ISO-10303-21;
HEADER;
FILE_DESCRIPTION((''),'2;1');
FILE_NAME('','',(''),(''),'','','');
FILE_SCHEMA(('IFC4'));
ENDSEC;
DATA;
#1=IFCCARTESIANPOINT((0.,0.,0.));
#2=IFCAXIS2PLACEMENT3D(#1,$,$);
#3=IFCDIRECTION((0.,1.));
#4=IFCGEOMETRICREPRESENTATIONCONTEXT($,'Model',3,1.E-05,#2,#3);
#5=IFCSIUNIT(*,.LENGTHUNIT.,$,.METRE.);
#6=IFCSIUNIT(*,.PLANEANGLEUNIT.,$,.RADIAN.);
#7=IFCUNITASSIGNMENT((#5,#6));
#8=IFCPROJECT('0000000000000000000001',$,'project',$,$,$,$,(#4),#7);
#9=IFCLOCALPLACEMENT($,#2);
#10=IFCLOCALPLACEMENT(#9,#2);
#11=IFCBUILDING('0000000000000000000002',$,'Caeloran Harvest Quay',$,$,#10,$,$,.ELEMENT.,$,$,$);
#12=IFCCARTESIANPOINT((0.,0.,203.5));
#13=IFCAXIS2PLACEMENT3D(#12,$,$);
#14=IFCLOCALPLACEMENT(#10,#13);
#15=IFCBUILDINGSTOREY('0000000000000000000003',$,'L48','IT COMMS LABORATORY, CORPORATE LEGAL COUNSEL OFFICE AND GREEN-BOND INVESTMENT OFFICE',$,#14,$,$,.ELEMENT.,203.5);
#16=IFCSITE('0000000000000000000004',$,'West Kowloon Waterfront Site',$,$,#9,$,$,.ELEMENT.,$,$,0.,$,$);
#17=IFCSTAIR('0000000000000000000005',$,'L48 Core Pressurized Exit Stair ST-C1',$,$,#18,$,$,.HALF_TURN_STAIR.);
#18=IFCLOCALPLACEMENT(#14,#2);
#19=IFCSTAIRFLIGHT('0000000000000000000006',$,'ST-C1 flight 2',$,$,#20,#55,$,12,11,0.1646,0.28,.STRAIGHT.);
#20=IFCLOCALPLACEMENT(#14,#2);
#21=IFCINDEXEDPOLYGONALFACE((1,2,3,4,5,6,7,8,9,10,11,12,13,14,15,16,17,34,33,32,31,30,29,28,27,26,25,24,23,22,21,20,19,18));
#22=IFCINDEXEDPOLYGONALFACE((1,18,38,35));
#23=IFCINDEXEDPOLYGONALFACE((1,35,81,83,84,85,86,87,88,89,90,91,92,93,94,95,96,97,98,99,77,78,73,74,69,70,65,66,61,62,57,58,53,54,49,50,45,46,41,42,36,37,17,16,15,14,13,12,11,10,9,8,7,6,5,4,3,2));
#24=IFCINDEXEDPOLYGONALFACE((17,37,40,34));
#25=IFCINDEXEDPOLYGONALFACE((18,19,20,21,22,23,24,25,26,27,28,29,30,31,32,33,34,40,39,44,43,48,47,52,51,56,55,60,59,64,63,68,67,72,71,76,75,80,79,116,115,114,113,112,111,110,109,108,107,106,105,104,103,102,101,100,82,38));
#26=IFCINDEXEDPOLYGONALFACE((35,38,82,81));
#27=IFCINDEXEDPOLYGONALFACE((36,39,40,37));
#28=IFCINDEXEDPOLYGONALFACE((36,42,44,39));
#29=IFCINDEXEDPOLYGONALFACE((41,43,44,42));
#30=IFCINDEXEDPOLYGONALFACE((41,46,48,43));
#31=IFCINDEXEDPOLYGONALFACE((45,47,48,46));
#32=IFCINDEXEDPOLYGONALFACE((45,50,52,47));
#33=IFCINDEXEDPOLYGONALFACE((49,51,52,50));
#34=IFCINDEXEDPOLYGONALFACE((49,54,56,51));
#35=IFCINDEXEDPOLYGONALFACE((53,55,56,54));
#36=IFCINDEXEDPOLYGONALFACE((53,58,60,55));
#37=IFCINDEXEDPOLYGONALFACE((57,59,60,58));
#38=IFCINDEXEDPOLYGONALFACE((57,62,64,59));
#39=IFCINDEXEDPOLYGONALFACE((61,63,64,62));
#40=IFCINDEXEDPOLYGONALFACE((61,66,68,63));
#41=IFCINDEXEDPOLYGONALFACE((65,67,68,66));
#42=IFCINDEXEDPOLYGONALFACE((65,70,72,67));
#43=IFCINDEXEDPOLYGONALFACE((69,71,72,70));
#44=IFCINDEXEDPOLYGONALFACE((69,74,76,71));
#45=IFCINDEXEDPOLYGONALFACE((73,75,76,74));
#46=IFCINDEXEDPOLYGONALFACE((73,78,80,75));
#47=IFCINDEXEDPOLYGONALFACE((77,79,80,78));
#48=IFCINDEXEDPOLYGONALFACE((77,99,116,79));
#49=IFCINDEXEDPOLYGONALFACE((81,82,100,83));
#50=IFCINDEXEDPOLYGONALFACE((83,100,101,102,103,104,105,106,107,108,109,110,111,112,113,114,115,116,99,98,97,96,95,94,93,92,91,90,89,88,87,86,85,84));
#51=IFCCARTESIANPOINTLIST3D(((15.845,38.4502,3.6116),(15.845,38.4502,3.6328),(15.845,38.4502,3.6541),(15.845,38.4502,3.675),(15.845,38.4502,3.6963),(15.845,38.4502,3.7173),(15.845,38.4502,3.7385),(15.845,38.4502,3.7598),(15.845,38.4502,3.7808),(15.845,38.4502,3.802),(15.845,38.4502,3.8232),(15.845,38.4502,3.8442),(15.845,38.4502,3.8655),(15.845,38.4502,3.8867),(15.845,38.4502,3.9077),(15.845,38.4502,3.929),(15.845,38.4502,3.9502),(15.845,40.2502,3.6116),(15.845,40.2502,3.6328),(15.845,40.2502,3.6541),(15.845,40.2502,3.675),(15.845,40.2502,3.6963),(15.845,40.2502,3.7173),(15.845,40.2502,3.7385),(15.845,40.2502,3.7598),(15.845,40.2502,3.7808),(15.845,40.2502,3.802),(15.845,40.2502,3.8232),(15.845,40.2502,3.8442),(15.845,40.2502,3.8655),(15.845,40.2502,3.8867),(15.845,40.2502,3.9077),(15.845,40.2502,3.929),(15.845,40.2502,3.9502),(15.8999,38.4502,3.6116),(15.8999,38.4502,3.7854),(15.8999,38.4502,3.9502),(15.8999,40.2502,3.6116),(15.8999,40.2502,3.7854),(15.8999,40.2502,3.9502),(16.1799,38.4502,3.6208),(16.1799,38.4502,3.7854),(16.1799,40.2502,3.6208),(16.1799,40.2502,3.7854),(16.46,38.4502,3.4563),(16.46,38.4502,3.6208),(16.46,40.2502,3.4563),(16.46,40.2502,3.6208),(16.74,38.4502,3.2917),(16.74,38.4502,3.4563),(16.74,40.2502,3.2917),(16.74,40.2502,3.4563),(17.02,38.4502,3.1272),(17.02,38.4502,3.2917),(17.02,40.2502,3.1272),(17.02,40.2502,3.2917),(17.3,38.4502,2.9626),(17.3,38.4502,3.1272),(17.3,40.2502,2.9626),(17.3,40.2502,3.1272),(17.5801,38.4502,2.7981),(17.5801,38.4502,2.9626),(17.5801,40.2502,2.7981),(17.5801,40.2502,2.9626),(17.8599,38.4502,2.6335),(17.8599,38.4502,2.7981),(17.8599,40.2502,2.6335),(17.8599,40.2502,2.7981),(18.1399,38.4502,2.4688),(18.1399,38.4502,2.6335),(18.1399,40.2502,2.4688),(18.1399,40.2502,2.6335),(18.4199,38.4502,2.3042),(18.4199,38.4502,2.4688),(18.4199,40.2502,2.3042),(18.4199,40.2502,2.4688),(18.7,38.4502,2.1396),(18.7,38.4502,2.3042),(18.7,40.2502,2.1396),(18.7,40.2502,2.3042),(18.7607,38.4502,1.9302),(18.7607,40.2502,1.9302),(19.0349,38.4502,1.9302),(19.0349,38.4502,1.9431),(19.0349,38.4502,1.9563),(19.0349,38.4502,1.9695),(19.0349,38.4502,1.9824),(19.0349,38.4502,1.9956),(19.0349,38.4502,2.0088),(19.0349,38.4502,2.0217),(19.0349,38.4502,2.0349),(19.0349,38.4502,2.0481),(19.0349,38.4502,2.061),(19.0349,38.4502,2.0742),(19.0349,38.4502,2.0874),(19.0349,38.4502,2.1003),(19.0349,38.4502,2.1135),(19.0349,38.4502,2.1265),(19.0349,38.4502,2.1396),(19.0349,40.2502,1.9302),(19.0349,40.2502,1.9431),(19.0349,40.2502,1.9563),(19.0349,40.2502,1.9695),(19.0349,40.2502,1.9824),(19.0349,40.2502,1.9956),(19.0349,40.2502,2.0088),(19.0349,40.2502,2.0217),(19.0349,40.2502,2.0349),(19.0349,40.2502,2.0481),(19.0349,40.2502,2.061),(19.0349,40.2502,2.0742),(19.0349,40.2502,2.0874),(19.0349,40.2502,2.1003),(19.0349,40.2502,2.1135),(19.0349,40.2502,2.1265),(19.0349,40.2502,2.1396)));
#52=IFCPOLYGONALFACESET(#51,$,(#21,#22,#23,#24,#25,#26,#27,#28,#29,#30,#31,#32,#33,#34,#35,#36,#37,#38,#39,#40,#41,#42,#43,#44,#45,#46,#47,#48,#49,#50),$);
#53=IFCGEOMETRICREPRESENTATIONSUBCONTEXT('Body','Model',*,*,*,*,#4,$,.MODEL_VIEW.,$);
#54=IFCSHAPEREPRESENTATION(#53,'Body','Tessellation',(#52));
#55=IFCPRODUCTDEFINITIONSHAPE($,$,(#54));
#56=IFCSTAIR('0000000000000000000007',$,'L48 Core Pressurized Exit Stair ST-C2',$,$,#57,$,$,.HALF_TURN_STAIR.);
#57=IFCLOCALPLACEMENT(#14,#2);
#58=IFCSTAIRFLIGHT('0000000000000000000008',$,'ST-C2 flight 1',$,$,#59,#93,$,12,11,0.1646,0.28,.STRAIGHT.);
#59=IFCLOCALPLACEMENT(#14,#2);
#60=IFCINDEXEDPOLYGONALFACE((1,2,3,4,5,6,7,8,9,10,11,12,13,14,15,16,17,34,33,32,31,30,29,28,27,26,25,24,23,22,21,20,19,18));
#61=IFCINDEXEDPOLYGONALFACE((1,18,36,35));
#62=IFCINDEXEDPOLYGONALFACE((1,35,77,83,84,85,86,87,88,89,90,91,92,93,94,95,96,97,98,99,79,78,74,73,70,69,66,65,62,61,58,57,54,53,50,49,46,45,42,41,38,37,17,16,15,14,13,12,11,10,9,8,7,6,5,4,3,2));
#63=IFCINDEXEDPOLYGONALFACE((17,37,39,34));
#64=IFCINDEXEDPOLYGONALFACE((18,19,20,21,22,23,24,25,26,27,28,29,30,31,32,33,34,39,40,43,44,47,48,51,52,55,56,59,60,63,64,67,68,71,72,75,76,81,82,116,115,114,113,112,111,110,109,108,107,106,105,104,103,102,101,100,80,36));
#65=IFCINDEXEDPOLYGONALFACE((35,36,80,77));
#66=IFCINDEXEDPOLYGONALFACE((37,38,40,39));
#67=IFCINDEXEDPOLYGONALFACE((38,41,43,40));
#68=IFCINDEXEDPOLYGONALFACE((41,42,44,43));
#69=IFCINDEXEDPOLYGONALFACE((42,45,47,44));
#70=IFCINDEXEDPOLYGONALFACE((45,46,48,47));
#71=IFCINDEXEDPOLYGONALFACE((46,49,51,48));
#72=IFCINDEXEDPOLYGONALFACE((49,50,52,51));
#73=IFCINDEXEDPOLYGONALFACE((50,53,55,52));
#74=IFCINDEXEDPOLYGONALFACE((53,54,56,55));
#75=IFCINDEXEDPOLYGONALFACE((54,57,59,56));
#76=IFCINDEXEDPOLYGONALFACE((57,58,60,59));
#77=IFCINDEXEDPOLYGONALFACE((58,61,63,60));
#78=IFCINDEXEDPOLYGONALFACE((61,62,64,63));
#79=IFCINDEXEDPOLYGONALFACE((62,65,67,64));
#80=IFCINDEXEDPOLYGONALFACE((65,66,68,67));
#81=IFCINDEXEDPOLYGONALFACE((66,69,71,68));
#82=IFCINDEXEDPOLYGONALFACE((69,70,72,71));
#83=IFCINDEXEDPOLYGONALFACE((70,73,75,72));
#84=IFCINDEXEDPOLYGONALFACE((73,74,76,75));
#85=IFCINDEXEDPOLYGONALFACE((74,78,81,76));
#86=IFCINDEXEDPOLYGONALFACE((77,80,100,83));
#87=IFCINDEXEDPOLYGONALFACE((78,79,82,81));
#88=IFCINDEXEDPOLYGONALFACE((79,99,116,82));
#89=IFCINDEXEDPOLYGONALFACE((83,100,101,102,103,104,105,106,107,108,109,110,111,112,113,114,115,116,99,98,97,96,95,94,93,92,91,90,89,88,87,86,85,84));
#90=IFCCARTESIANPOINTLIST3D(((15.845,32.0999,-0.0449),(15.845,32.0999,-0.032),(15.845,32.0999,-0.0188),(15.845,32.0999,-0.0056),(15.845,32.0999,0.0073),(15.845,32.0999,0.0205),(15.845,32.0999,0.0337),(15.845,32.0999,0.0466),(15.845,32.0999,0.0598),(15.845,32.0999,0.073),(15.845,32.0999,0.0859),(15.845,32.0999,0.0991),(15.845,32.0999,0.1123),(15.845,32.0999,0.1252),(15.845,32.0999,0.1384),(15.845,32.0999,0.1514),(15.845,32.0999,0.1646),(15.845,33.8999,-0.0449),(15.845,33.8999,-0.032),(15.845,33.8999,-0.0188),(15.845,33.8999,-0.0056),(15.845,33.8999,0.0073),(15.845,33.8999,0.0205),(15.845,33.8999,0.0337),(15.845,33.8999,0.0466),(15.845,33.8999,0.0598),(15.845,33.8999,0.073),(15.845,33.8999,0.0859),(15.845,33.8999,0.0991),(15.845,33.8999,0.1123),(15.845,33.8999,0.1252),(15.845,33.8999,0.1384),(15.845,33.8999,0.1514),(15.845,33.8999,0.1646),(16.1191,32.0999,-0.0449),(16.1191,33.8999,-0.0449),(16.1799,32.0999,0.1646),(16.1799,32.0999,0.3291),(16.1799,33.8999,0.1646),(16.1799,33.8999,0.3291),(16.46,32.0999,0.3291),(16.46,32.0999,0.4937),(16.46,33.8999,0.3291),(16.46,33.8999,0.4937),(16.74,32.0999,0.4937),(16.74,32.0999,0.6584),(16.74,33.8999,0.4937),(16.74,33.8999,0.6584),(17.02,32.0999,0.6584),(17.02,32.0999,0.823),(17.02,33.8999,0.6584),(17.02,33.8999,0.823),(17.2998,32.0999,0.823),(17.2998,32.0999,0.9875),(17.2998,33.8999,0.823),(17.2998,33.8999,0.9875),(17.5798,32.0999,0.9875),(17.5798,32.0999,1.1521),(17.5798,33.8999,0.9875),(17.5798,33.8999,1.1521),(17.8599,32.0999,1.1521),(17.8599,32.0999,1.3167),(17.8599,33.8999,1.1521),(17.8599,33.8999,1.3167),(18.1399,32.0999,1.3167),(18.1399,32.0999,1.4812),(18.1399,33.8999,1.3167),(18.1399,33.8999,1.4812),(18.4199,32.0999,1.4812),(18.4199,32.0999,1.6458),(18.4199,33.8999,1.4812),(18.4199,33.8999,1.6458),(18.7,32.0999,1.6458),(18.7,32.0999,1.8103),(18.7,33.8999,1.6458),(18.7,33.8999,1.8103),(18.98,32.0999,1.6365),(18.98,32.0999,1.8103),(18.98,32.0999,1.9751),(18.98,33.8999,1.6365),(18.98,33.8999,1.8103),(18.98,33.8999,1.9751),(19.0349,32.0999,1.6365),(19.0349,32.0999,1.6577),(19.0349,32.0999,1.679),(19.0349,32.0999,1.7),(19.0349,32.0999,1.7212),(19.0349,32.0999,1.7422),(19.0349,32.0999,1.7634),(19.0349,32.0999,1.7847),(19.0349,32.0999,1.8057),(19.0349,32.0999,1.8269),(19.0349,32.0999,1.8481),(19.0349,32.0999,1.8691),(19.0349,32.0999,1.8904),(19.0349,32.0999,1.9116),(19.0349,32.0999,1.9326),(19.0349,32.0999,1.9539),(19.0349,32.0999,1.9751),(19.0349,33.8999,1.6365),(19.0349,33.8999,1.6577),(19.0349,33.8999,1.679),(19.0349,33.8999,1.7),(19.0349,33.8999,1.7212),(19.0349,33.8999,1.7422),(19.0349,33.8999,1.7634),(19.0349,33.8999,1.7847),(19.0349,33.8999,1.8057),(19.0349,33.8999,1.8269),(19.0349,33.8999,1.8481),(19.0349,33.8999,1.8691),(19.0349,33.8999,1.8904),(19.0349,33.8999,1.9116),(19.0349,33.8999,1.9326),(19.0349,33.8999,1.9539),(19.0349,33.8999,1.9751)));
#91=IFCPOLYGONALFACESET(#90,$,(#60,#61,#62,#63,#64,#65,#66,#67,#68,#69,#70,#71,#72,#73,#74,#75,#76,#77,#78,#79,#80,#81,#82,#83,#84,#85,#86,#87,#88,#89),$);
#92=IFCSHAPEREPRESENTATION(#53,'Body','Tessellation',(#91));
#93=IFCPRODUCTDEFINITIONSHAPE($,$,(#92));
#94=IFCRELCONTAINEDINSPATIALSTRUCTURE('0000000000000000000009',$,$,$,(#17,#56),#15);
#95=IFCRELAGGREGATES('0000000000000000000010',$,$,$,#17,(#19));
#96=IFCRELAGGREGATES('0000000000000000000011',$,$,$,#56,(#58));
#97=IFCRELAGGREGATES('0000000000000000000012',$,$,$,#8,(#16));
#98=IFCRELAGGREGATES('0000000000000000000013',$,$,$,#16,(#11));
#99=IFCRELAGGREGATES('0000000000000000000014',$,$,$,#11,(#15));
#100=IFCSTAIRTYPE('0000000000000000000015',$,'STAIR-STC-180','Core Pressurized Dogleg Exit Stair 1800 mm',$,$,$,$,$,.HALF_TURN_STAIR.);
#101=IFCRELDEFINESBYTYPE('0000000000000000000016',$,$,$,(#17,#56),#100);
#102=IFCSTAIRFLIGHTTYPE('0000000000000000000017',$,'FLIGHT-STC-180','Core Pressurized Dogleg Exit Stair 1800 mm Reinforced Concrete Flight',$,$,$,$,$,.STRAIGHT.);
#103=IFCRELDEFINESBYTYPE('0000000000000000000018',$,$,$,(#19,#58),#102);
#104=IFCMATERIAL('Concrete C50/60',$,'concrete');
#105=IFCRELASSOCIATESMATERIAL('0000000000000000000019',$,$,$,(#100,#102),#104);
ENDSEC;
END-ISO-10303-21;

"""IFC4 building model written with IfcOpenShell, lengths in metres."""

from ifc_helpers import new_model, si_unit, direction, frame, origin, place, context, subcontext, project, spatial, polyline, outline, extrude, material, type_object, element, aggregate, save


model = new_model("IFC4")

# Units and contexts
model_context = context("Model", 3, precision=1e-05, world=origin(), true_north=direction((0.0, 1.0)))
body_context = subcontext(model_context, "Body", "Model", "MODEL_VIEW")
ifc_project = project(units=[si_unit("LENGTHUNIT", "METRE"), si_unit("PLANEANGLEUNIT", "RADIAN")], contexts=[model_context])

# Site, building, storey
site_placement = place(None, origin())
site = spatial("IfcSite", under=ifc_project, at=site_placement, Name="West Kowloon Waterfront Site", CompositionType="ELEMENT", RefElevation=0.0)
building_placement = place(site_placement, origin())
building = spatial("IfcBuilding", under=site, at=building_placement, Name="Caeloran Harvest Quay", CompositionType="ELEMENT")
storey_placement = place(building_placement, frame((0.0, 0.0, 203.5)))
storey = spatial("IfcBuildingStorey", under=building, at=storey_placement, Name="L48", Description="IT COMMS LABORATORY, CORPORATE LEGAL COUNSEL OFFICE AND GREEN-BOND INVESTMENT OFFICE", CompositionType="ELEMENT", Elevation=203.5)

# Shared definitions
ifc_material_1 = material(Name="Concrete C50/60", Category="concrete")

# Stairs, stair flights
stair_type = type_object("IfcStairType", Name="STAIR-STC-180", Description="Core Pressurized Dogleg Exit Stair 1800 mm", PredefinedType="HALF_TURN_STAIR", material=ifc_material_1)
stair_1_placement = place(storey_placement, origin())
stair_1 = element("IfcStair", 1, at=stair_1_placement, inside=storey, type_object=stair_type, Name="L48 Core Pressurized Exit Stair ST-C1", PredefinedType="HALF_TURN_STAIR")
stair_flight_type = type_object("IfcStairFlightType", Name="FLIGHT-STC-180", Description="Core Pressurized Dogleg Exit Stair 1800 mm Reinforced Concrete Flight", PredefinedType="STRAIGHT", material=ifc_material_1)
stair_flight_1_placement = place(storey_placement, frame((18.98, 39.3501, 1.9751), z_axis=(0.0, 0.0, 1.0), x_axis=(-1.0, 0.0, 0.0)))
stair_flight_1 = element("IfcStairFlight", 2, at=stair_flight_1_placement, type_object=stair_flight_type, Name="ST-C1 flight 2", NumberOfRisers=12, NumberOfTreads=11, PredefinedType="STRAIGHT", RiserHeight=0.1646, TreadLength=0.28, context=body_context, shape_type="SweptSolid", body=[
    extrude(outline(polyline([(-0.0549, -0.0449), (-0.0549, -0.032), (-0.0549, -0.0188), (-0.0549, -0.0056), (-0.0549, 0.0073), (-0.0549, 0.0205), (-0.0549, 0.0337), (-0.0549, 0.0466), (-0.0549, 0.0598), (-0.0549, 0.073), (-0.0549, 0.0859), (-0.0549, 0.0991), (-0.0549, 0.1123), (-0.0549, 0.1252), (-0.0549, 0.1384), (-0.0549, 0.1514), (-0.0549, 0.1646), (0.28, 0.1646), (0.28, 0.3291), (0.5601, 0.3291), (0.5601, 0.4937), (0.8401, 0.4937), (0.8401, 0.6584), (1.1201, 0.6584), (1.1201, 0.823), (1.3999, 0.823), (1.3999, 0.9875), (1.6799, 0.9875), (1.6799, 1.1521), (1.96, 1.1521), (1.96, 1.3167), (2.24, 1.3167), (2.24, 1.4812), (2.52, 1.4812), (2.52, 1.6458), (2.8, 1.6458), (2.8, 1.8103), (3.0801, 1.8103), (3.0801, 1.9751), (3.135, 1.9751), (3.135, 1.9539), (3.135, 1.9326), (3.135, 1.9116), (3.135, 1.8904), (3.135, 1.8691), (3.135, 1.8481), (3.135, 1.8269), (3.135, 1.8057), (3.135, 1.7847), (3.135, 1.7634), (3.135, 1.7422), (3.135, 1.7212), (3.135, 1.7), (3.135, 1.679), (3.135, 1.6577), (3.135, 1.6365), (3.0801, 1.6365), (0.2192, -0.0449), (-0.0549, -0.0449)])), frame((0.0, 0.8999, 0.0), z_axis=(0.0, -1.0, 0.0), x_axis=(1.0, 0.0, 0.0)), (0.0, 0.0, 1.0), 1.8),
])
aggregate(stair_1, [stair_flight_1])
stair_2_placement = place(storey_placement, origin())
stair_2 = element("IfcStair", 3, at=stair_2_placement, inside=storey, type_object=stair_type, Name="L48 Core Pressurized Exit Stair ST-C2", PredefinedType="HALF_TURN_STAIR")
stair_flight_2_placement = place(storey_placement, frame((15.8999, 33.0, 0.0), z_axis=(0.0, 0.0, 1.0), x_axis=(1.0, 0.0, 0.0)))
stair_flight_2 = element("IfcStairFlight", 4, at=stair_flight_2_placement, type_object=stair_flight_type, Name="ST-C2 flight 1", NumberOfRisers=12, NumberOfTreads=11, PredefinedType="STRAIGHT", RiserHeight=0.1646, TreadLength=0.28, context=body_context, shape_type="SweptSolid", body=[
    extrude(outline(polyline([(-0.0549, -0.0449), (-0.0549, -0.032), (-0.0549, -0.0188), (-0.0549, -0.0056), (-0.0549, 0.0073), (-0.0549, 0.0205), (-0.0549, 0.0337), (-0.0549, 0.0466), (-0.0549, 0.0598), (-0.0549, 0.073), (-0.0549, 0.0859), (-0.0549, 0.0991), (-0.0549, 0.1123), (-0.0549, 0.1252), (-0.0549, 0.1384), (-0.0549, 0.1514), (-0.0549, 0.1646), (0.28, 0.1646), (0.28, 0.3291), (0.5601, 0.3291), (0.5601, 0.4937), (0.8401, 0.4937), (0.8401, 0.6584), (1.1201, 0.6584), (1.1201, 0.823), (1.3999, 0.823), (1.3999, 0.9875), (1.6799, 0.9875), (1.6799, 1.1521), (1.96, 1.1521), (1.96, 1.3167), (2.24, 1.3167), (2.24, 1.4812), (2.52, 1.4812), (2.52, 1.6458), (2.8, 1.6458), (2.8, 1.8103), (3.0801, 1.8103), (3.0801, 1.9751), (3.135, 1.9751), (3.135, 1.9539), (3.135, 1.9326), (3.135, 1.9116), (3.135, 1.8904), (3.135, 1.8691), (3.135, 1.8481), (3.135, 1.8269), (3.135, 1.8057), (3.135, 1.7847), (3.135, 1.7634), (3.135, 1.7422), (3.135, 1.7212), (3.135, 1.7), (3.135, 1.679), (3.135, 1.6577), (3.135, 1.6365), (3.0801, 1.6365), (0.2192, -0.0449), (-0.0549, -0.0449)])), frame((0.0, 0.8999, 0.0), z_axis=(0.0, -1.0, 0.0), x_axis=(1.0, 0.0, 0.0)), (0.0, 0.0, 1.0), 1.8),
])
aggregate(stair_2, [stair_flight_2])

save(model, "model.ifc")
